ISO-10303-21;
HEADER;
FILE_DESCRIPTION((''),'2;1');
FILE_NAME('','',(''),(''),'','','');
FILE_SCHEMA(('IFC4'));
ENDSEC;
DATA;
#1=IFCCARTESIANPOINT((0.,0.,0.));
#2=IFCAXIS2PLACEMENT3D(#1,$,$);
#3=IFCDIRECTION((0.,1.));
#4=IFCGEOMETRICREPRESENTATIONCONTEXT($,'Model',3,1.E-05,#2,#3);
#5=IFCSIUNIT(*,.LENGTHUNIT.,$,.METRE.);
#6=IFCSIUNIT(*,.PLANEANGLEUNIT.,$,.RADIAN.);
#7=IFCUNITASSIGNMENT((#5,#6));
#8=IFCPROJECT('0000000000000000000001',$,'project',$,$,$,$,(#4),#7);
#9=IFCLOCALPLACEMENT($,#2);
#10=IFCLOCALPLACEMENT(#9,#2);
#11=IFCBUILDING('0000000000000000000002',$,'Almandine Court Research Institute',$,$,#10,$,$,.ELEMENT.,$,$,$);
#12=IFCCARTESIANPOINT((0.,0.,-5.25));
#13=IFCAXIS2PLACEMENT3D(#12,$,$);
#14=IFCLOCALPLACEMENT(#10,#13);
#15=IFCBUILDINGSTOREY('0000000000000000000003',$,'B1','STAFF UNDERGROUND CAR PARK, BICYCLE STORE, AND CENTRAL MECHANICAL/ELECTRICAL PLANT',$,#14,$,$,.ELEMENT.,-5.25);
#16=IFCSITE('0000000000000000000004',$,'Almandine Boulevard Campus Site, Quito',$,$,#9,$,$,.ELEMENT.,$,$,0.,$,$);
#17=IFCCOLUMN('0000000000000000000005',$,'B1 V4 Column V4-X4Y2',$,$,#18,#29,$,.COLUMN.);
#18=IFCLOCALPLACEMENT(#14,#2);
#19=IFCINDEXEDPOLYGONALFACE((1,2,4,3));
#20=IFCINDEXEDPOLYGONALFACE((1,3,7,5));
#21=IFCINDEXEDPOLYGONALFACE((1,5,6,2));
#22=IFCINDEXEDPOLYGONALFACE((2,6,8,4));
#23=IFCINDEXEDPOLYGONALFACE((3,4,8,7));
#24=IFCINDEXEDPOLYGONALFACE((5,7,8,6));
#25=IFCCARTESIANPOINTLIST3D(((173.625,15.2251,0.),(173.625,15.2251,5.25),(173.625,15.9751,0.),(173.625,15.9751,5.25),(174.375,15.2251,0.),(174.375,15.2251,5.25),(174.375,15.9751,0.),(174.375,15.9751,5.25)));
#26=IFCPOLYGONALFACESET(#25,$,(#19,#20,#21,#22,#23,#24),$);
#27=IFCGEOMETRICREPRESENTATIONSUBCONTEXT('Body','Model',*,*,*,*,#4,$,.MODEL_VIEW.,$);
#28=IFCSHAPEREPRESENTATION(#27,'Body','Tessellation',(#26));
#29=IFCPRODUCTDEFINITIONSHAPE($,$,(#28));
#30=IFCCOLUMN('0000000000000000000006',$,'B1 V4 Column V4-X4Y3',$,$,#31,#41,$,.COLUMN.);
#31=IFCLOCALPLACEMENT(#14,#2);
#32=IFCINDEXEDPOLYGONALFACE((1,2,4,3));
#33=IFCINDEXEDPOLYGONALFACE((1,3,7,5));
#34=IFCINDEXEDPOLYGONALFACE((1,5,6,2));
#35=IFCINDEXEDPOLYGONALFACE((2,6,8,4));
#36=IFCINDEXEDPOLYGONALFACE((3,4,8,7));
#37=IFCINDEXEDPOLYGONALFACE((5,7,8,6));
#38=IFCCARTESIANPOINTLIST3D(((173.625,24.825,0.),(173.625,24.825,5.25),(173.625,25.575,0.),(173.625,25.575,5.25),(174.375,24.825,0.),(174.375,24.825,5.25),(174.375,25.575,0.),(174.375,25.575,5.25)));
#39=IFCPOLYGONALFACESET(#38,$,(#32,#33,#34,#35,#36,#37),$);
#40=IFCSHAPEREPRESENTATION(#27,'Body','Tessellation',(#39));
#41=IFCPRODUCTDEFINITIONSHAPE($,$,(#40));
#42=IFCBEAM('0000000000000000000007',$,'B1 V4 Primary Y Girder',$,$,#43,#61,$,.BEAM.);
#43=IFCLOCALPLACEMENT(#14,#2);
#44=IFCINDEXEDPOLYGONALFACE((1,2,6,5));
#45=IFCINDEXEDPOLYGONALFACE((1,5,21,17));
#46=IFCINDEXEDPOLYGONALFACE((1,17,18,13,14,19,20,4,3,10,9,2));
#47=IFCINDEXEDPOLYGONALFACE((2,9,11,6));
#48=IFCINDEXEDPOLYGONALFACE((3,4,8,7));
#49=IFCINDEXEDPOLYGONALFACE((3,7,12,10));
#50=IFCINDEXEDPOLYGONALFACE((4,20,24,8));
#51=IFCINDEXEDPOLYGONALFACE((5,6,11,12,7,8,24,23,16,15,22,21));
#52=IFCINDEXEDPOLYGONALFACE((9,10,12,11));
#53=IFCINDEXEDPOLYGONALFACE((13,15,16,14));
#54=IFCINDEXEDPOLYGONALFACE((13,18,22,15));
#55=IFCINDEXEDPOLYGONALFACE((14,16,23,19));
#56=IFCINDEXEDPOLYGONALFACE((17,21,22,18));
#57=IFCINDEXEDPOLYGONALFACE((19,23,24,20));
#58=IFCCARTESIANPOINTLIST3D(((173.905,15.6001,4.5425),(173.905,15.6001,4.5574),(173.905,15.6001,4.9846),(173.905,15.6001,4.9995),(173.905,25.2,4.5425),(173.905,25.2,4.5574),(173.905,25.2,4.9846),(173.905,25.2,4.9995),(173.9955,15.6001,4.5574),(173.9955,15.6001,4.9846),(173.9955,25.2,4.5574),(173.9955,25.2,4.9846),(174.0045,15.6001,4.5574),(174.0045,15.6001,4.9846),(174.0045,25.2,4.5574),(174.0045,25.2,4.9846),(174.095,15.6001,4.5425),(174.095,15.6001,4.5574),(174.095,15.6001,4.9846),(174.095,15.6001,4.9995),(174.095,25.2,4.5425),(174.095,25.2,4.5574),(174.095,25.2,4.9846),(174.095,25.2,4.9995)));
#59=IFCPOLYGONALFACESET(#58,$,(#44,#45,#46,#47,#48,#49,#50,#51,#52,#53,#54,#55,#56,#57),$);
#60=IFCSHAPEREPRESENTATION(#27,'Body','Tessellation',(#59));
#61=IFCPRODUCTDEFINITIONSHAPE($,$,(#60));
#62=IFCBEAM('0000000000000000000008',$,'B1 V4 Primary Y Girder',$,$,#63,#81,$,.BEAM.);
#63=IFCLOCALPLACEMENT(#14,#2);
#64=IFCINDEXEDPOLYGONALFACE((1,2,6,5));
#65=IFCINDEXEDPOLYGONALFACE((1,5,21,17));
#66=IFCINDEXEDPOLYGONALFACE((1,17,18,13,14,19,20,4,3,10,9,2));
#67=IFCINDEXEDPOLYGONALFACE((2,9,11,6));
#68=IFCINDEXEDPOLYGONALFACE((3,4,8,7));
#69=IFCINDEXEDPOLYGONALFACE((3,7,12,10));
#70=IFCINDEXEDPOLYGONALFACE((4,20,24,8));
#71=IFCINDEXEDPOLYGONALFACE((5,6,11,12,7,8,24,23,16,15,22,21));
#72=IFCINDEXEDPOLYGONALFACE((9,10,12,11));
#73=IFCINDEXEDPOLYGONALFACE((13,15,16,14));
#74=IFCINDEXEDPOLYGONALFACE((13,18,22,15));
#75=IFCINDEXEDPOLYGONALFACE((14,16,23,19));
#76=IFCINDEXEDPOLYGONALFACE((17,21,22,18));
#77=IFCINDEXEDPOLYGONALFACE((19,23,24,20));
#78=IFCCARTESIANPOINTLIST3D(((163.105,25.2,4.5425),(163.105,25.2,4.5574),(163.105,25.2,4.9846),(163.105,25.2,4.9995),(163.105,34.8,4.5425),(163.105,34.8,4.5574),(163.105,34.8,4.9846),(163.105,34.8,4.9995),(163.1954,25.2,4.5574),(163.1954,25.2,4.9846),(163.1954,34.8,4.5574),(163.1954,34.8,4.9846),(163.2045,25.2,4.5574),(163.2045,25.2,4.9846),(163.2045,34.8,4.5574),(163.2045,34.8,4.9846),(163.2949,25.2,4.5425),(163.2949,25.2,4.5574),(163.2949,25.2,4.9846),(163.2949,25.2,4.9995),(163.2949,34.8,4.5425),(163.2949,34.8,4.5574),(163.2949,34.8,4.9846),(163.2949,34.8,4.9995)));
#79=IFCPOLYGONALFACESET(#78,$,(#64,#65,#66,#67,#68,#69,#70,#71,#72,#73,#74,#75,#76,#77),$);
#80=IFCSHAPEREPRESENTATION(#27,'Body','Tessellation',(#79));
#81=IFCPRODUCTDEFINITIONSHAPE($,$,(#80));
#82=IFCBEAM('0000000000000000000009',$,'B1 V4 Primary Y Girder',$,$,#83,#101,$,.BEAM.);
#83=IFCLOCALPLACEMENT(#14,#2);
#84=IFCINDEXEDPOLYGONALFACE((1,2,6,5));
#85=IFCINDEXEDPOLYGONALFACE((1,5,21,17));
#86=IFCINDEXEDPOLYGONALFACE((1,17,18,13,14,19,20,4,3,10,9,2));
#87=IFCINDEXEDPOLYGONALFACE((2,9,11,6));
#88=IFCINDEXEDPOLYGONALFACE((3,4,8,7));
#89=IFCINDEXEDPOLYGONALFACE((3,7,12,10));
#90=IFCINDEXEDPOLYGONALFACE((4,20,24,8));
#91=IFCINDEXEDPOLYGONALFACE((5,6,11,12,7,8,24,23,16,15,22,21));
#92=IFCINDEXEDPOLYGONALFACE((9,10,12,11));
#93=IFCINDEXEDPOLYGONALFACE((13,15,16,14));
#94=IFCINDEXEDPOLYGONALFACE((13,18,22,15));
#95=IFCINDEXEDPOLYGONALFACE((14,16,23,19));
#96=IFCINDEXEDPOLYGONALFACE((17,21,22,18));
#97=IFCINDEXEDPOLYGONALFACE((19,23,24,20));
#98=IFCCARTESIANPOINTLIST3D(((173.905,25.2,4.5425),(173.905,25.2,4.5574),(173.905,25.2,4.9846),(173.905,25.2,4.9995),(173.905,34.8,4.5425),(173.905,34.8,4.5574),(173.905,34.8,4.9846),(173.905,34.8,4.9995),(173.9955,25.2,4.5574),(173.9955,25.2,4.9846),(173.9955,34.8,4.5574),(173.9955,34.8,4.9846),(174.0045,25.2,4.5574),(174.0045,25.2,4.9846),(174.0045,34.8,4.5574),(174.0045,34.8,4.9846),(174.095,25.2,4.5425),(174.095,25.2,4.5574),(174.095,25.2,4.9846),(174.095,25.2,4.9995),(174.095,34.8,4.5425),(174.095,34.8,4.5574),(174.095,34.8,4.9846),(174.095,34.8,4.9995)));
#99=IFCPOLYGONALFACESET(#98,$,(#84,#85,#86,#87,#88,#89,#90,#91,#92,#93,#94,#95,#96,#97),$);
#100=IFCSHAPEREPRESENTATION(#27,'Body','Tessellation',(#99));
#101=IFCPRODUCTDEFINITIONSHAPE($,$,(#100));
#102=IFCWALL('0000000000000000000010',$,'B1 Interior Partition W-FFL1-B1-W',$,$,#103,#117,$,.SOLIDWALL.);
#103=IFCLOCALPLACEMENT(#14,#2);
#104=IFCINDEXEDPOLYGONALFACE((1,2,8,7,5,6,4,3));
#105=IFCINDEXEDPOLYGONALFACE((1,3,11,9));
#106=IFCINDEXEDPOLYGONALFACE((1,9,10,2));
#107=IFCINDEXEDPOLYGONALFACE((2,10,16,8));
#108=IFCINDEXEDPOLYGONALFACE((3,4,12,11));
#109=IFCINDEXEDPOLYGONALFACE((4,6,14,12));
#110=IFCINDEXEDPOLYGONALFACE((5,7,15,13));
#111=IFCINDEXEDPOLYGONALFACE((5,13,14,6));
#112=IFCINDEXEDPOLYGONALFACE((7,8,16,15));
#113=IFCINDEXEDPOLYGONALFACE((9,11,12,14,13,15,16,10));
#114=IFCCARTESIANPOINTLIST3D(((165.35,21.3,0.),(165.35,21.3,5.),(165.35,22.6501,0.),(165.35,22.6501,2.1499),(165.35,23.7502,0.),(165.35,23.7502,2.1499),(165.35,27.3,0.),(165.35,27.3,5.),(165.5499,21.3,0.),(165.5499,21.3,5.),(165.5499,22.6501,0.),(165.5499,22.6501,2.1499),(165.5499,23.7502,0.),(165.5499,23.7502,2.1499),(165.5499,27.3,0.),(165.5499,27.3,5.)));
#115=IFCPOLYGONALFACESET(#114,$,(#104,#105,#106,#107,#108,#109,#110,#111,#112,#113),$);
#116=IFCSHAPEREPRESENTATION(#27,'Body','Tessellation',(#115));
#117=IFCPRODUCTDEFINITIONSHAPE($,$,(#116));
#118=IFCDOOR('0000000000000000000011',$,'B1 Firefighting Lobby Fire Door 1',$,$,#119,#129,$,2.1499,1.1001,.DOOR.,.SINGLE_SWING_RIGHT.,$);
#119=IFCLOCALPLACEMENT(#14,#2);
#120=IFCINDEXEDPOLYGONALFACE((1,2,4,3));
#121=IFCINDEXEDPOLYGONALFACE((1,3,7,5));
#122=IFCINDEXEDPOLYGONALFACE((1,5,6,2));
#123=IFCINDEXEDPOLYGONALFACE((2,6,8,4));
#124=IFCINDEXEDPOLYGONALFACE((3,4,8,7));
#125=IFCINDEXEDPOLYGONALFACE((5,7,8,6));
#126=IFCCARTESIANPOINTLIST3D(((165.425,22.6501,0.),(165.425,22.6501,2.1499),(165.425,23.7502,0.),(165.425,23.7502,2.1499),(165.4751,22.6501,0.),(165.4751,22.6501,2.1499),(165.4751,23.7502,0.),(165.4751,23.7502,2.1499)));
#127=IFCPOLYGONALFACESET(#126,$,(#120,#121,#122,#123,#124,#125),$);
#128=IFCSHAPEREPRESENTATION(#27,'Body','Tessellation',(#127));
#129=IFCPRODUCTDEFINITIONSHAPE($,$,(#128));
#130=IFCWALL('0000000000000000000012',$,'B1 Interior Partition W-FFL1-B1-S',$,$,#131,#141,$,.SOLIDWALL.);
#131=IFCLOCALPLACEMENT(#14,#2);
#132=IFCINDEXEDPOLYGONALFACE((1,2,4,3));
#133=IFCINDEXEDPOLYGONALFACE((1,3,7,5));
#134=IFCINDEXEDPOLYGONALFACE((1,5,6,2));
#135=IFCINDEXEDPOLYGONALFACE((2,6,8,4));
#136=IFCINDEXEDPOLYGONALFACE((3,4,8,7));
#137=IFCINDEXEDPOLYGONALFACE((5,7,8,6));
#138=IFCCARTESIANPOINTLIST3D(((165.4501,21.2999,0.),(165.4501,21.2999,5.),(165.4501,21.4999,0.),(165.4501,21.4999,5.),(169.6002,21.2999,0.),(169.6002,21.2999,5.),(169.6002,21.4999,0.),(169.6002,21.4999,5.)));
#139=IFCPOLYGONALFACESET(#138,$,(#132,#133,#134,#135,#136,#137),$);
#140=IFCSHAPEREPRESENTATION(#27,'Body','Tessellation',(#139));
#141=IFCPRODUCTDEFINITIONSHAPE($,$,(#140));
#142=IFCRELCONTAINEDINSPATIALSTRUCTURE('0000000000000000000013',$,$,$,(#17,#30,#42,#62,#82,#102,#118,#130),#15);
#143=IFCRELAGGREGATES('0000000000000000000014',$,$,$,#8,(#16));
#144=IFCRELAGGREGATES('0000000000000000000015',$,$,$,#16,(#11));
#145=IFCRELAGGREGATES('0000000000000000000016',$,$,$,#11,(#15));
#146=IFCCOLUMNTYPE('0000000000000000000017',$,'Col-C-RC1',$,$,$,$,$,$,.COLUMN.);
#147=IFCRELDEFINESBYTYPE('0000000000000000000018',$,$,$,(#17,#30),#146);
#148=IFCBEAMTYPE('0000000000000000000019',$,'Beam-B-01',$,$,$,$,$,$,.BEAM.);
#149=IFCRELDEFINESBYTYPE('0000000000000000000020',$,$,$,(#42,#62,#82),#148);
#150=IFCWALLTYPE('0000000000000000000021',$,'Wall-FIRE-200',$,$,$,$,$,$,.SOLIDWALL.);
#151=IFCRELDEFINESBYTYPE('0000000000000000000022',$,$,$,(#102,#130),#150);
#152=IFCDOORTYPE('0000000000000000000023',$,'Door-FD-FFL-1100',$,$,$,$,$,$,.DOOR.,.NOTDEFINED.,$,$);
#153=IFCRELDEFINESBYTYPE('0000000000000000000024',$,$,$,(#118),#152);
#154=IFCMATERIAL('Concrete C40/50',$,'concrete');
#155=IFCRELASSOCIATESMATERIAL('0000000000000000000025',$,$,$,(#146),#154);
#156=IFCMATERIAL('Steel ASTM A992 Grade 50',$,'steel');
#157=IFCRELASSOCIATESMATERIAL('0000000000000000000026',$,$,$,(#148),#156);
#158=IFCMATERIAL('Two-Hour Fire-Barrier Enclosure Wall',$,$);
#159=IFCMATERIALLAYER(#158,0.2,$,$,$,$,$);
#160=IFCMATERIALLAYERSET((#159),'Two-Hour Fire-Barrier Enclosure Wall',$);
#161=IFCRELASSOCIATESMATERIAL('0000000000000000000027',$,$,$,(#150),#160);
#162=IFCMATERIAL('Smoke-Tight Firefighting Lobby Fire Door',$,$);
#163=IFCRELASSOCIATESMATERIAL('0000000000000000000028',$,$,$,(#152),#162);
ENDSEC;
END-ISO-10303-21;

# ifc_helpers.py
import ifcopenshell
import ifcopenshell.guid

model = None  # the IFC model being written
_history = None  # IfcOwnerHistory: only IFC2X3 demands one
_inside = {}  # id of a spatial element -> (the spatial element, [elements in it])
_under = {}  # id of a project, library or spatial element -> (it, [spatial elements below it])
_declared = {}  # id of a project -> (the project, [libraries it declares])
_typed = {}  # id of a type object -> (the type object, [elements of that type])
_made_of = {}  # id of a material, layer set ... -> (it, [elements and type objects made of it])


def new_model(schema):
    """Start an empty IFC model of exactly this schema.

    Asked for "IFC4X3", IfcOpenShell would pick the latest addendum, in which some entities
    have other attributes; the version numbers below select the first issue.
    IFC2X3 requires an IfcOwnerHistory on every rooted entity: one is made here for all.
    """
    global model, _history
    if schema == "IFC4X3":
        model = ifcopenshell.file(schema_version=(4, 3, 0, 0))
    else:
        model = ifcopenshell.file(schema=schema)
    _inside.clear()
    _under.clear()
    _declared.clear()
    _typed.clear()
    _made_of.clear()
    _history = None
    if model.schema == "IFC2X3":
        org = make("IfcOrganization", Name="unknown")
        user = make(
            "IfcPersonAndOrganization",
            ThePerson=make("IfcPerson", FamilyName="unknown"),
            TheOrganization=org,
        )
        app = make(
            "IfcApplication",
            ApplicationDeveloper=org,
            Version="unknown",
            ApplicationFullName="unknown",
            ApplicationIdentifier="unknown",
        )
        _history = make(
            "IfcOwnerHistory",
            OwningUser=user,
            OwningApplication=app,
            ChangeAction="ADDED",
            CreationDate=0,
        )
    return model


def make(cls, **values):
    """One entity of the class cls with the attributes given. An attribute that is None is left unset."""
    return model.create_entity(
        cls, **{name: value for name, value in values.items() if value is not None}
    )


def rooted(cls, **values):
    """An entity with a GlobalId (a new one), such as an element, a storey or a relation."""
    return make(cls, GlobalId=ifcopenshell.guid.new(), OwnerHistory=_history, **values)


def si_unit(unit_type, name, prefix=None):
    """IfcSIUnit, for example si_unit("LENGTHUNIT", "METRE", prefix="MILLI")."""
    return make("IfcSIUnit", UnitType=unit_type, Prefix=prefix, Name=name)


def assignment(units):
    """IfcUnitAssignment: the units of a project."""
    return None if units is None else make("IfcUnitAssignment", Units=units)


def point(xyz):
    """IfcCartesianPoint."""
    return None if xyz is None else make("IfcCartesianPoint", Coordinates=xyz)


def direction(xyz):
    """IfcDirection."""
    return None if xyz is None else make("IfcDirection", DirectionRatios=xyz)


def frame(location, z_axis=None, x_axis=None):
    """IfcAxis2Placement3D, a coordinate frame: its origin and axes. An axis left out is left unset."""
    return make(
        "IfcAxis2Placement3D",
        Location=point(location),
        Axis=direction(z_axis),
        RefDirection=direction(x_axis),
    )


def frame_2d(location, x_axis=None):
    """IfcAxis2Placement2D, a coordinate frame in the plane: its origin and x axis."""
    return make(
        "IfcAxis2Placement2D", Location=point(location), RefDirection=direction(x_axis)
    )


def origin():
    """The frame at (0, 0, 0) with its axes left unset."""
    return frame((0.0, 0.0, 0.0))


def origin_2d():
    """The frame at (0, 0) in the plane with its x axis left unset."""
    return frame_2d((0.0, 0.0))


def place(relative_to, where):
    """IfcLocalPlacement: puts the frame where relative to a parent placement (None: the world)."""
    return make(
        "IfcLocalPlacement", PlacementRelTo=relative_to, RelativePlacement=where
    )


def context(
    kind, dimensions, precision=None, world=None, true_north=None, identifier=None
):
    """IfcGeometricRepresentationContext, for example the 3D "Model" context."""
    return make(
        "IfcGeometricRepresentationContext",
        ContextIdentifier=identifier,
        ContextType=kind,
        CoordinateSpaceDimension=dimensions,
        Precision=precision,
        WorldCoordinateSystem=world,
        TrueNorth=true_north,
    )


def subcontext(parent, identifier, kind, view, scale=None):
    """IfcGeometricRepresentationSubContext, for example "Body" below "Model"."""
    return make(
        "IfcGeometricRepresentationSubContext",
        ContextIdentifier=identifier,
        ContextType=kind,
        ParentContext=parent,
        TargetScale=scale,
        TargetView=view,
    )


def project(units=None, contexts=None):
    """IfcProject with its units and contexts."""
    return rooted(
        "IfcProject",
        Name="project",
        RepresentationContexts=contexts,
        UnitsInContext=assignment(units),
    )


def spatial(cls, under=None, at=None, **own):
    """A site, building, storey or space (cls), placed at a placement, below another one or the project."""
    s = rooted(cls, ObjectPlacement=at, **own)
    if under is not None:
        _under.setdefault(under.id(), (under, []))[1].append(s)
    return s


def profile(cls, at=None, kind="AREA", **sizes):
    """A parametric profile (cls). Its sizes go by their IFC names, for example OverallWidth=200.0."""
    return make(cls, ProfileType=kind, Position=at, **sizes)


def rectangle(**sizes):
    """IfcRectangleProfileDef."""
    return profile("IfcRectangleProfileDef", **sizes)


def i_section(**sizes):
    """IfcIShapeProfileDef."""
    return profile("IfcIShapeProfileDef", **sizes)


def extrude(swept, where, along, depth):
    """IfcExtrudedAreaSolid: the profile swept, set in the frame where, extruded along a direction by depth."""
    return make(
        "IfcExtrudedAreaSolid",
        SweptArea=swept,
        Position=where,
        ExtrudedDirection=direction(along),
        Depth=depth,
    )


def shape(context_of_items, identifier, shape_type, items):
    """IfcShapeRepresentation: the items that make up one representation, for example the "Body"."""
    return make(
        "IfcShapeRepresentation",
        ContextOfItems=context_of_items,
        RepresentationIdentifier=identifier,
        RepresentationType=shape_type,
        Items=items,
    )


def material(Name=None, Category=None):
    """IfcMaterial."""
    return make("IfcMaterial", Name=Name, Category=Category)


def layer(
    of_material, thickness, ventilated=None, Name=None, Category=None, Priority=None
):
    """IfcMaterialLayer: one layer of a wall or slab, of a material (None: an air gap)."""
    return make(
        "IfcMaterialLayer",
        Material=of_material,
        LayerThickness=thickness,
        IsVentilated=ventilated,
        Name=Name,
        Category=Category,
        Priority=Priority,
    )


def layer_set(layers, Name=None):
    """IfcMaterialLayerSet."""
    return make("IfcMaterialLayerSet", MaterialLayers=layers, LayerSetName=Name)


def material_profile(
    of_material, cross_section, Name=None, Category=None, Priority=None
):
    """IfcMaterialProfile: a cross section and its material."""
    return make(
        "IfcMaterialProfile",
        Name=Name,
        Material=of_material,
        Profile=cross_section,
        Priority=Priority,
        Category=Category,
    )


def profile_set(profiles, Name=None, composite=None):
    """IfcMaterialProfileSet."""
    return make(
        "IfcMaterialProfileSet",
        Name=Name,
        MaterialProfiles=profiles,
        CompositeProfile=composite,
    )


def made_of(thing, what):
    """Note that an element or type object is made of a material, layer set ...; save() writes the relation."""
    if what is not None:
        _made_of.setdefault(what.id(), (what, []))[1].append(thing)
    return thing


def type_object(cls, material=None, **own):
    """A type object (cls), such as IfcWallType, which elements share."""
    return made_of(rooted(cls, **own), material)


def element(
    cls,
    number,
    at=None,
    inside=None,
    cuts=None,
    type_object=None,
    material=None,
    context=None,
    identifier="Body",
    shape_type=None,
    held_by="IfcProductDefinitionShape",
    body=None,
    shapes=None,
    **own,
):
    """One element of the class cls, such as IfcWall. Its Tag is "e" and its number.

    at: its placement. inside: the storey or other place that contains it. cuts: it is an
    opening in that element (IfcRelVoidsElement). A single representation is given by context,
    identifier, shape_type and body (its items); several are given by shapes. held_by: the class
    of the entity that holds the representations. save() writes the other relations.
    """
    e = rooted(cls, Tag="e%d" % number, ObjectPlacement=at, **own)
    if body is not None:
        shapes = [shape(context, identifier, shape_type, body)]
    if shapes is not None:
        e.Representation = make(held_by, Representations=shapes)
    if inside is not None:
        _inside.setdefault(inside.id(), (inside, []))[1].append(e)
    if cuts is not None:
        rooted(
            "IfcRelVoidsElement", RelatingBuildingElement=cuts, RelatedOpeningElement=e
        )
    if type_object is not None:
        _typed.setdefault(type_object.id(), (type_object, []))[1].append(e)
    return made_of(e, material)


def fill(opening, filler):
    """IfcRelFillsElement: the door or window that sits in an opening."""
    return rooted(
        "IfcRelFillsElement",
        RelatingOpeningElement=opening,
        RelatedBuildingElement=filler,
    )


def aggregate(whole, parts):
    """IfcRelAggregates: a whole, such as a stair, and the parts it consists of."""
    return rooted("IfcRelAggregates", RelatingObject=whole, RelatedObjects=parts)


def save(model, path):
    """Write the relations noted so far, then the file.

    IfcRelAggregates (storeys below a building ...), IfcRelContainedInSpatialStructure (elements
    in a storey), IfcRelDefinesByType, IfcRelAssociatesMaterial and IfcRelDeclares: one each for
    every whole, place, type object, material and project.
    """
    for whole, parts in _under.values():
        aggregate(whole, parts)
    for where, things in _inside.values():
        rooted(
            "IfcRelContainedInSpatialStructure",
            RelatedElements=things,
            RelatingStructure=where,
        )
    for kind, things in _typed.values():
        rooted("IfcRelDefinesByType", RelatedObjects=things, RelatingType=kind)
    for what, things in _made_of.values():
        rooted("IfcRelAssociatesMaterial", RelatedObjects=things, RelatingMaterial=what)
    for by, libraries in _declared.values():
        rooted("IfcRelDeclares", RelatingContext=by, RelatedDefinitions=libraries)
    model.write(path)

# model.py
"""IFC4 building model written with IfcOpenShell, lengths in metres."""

from ifc_helpers import new_model, si_unit, direction, frame, frame_2d, origin, origin_2d, place, context, subcontext, project, spatial, rectangle, i_section, extrude, material, layer, layer_set, material_profile, profile_set, type_object, element, fill, save


model = new_model("IFC4")

# Units and contexts
model_context = context("Model", 3, precision=1e-05, world=origin(), true_north=direction((0.0, 1.0)))
body_context = subcontext(model_context, "Body", "Model", "MODEL_VIEW")
ifc_project = project(units=[si_unit("LENGTHUNIT", "METRE"), si_unit("PLANEANGLEUNIT", "RADIAN")], contexts=[model_context])

# Site, building, storey
site_placement = place(None, origin())
site = spatial("IfcSite", under=ifc_project, at=site_placement, Name="Almandine Boulevard Campus Site, Quito", CompositionType="ELEMENT", RefElevation=0.0)
building_placement = place(site_placement, origin())
building = spatial("IfcBuilding", under=site, at=building_placement, Name="Almandine Court Research Institute", CompositionType="ELEMENT")
storey_placement = place(building_placement, frame((0.0, 0.0, -5.25)))
storey = spatial("IfcBuildingStorey", under=building, at=storey_placement, Name="B1", Description="STAFF UNDERGROUND CAR PARK, BICYCLE STORE, AND CENTRAL MECHANICAL/ELECTRICAL PLANT", CompositionType="ELEMENT", Elevation=-5.25)

# Columns
ifc_material_1 = material(Name="Concrete C40/50", Category="concrete")
ifc_material_profile_1 = material_profile(ifc_material_1, rectangle(XDim=0.75, YDim=0.75, at=origin_2d()), Name="RC 750x750")
ifc_profile_set_1 = profile_set([ifc_material_profile_1], Name="Concrete C40/50")
column_type = type_object("IfcColumnType", Name="Col-C-RC1", PredefinedType="COLUMN", material=ifc_profile_set_1)
for number, where, z_axis, x_axis, name in (
    (1, (174.0, 15.6001, 0.0), (0.0, 0.0, 1.0), (1.0, 0.0, 0.0), "B1 V4 Column V4-X4Y2"),
    (2, (174.0, 25.2, 0.0), (0.0, 0.0, 1.0), (1.0, 0.0, 0.0), "B1 V4 Column V4-X4Y3"),
):
    element("IfcColumn", number, at=place(storey_placement, frame(where, z_axis=z_axis, x_axis=x_axis)), inside=storey, type_object=column_type, Name=name, PredefinedType="COLUMN", context=body_context, shape_type="SweptSolid", body=[
        extrude(rectangle(XDim=0.75, YDim=0.75, at=origin_2d()), origin(), (0.0, 0.0, 1.0), 5.25),
    ])

# Beams
ifc_material_2 = material(Name="Steel ASTM A992 Grade 50", Category="steel")
ifc_material_profile_2 = material_profile(ifc_material_2, i_section(OverallWidth=0.1899, OverallDepth=0.457, WebThickness=0.009, FlangeThickness=0.0149, at=origin_2d()), Name="W460x74")
ifc_profile_set_2 = profile_set([ifc_material_profile_2], Name="Steel ASTM A992 Grade 50")
beam_type = type_object("IfcBeamType", Name="Beam-B-01", PredefinedType="BEAM", material=ifc_profile_set_2)
beam_placement = place(storey_placement, frame((174.0, 15.6001, 4.771), z_axis=(0.0, 1.0, 0.0), x_axis=(-1.0, 0.0, 0.0)))
element("IfcBeam", 3, at=beam_placement, inside=storey, type_object=beam_type, Name="B1 V4 Primary Y Girder", PredefinedType="BEAM", context=body_context, shape_type="SweptSolid", body=[
    extrude(i_section(OverallWidth=0.1899, OverallDepth=0.457, WebThickness=0.009, FlangeThickness=0.0149, at=origin_2d()), origin(), (0.0, 0.0, 1.0), 9.5999),
])
for number, where, z_axis, x_axis, name in (
    (4, (163.2, 25.2, 4.771), (0.0, 1.0, 0.0), (-1.0, 0.0, 0.0), "B1 V4 Primary Y Girder"),
    (5, (174.0, 25.2, 4.771), (0.0, 1.0, 0.0), (-1.0, 0.0, 0.0), "B1 V4 Primary Y Girder"),
):
    element("IfcBeam", number, at=place(storey_placement, frame(where, z_axis=z_axis, x_axis=x_axis)), inside=storey, type_object=beam_type, Name=name, PredefinedType="BEAM", context=body_context, shape_type="SweptSolid", body=[
        extrude(i_section(OverallWidth=0.1899, OverallDepth=0.457, WebThickness=0.009, FlangeThickness=0.0149, at=origin_2d()), origin(), (0.0, 0.0, 1.0), 9.6001),
    ])

# Wall, opening, door
ifc_material_3 = material(Name="Two-Hour Fire-Barrier Enclosure Wall")
ifc_layer_1 = layer(ifc_material_3, 0.2)
ifc_layer_set_1 = layer_set([ifc_layer_1], Name="Two-Hour Fire-Barrier Enclosure Wall")
wall_type_1 = type_object("IfcWallType", Name="Wall-FIRE-200", PredefinedType="SOLIDWALL", material=ifc_layer_set_1)
wall_1_placement = place(storey_placement, frame((165.45, 21.3, 0.0), z_axis=(0.0, 0.0, 1.0), x_axis=(0.0, 1.0, 0.0)))
wall_1 = element("IfcWall", 6, at=wall_1_placement, inside=storey, type_object=wall_type_1, Name="B1 Interior Partition W-FFL1-B1-W", PredefinedType="SOLIDWALL", context=body_context, shape_type="SweptSolid", body=[
    extrude(rectangle(XDim=6.0, YDim=0.2, at=frame_2d((3.0, 0.0))), origin(), (0.0, 0.0, 1.0), 5.0),
])
opening_1_placement = place(wall_1_placement, frame((1.3501, 0.0, 0.0)))
opening_1 = element("IfcOpeningElement", 7, at=opening_1_placement, cuts=wall_1, PredefinedType="OPENING", context=body_context, shape_type="SweptSolid", body=[
    extrude(rectangle(XDim=1.1001, YDim=2.1499, at=frame_2d((0.55, 1.075))), frame((0.0, 0.1099, 0.0), z_axis=(0.0, -1.0, 0.0), x_axis=(1.0, 0.0, 0.0)), (0.0, 0.0, 1.0), 0.22),
])
ifc_material_4 = material(Name="Smoke-Tight Firefighting Lobby Fire Door")
door_type_1 = type_object("IfcDoorType", Name="Door-FD-FFL-1100", OperationType="NOTDEFINED", PredefinedType="DOOR", material=ifc_material_4)
door_1_placement = place(opening_1_placement, origin())
door_1 = element("IfcDoor", 8, at=door_1_placement, inside=storey, type_object=door_type_1, Name="B1 Firefighting Lobby Fire Door 1", OperationType="SINGLE_SWING_RIGHT", OverallHeight=2.1499, OverallWidth=1.1001, PredefinedType="DOOR", context=body_context, shape_type="SweptSolid", body=[
    extrude(rectangle(XDim=1.1001, YDim=2.1499, at=frame_2d((0.55, 1.075))), frame((0.0, 0.0249, 0.0), z_axis=(0.0, -1.0, 0.0), x_axis=(1.0, 0.0, 0.0)), (0.0, 0.0, 1.0), 0.05),
])
fill(opening_1, door_1)

# Wall
wall_2_placement = place(storey_placement, frame((165.45, 21.3999, 0.0), z_axis=(0.0, 0.0, 1.0), x_axis=(1.0, 0.0, 0.0)))
element("IfcWall", 9, at=wall_2_placement, inside=storey, type_object=wall_type_1, Name="B1 Interior Partition W-FFL1-B1-S", PredefinedType="SOLIDWALL", context=body_context, shape_type="SweptSolid", body=[
    extrude(rectangle(XDim=4.1501, YDim=0.2, at=frame_2d((2.0752, 0.0))), origin(), (0.0, 0.0, 1.0), 5.0),
])

save(model, "model.ifc")
